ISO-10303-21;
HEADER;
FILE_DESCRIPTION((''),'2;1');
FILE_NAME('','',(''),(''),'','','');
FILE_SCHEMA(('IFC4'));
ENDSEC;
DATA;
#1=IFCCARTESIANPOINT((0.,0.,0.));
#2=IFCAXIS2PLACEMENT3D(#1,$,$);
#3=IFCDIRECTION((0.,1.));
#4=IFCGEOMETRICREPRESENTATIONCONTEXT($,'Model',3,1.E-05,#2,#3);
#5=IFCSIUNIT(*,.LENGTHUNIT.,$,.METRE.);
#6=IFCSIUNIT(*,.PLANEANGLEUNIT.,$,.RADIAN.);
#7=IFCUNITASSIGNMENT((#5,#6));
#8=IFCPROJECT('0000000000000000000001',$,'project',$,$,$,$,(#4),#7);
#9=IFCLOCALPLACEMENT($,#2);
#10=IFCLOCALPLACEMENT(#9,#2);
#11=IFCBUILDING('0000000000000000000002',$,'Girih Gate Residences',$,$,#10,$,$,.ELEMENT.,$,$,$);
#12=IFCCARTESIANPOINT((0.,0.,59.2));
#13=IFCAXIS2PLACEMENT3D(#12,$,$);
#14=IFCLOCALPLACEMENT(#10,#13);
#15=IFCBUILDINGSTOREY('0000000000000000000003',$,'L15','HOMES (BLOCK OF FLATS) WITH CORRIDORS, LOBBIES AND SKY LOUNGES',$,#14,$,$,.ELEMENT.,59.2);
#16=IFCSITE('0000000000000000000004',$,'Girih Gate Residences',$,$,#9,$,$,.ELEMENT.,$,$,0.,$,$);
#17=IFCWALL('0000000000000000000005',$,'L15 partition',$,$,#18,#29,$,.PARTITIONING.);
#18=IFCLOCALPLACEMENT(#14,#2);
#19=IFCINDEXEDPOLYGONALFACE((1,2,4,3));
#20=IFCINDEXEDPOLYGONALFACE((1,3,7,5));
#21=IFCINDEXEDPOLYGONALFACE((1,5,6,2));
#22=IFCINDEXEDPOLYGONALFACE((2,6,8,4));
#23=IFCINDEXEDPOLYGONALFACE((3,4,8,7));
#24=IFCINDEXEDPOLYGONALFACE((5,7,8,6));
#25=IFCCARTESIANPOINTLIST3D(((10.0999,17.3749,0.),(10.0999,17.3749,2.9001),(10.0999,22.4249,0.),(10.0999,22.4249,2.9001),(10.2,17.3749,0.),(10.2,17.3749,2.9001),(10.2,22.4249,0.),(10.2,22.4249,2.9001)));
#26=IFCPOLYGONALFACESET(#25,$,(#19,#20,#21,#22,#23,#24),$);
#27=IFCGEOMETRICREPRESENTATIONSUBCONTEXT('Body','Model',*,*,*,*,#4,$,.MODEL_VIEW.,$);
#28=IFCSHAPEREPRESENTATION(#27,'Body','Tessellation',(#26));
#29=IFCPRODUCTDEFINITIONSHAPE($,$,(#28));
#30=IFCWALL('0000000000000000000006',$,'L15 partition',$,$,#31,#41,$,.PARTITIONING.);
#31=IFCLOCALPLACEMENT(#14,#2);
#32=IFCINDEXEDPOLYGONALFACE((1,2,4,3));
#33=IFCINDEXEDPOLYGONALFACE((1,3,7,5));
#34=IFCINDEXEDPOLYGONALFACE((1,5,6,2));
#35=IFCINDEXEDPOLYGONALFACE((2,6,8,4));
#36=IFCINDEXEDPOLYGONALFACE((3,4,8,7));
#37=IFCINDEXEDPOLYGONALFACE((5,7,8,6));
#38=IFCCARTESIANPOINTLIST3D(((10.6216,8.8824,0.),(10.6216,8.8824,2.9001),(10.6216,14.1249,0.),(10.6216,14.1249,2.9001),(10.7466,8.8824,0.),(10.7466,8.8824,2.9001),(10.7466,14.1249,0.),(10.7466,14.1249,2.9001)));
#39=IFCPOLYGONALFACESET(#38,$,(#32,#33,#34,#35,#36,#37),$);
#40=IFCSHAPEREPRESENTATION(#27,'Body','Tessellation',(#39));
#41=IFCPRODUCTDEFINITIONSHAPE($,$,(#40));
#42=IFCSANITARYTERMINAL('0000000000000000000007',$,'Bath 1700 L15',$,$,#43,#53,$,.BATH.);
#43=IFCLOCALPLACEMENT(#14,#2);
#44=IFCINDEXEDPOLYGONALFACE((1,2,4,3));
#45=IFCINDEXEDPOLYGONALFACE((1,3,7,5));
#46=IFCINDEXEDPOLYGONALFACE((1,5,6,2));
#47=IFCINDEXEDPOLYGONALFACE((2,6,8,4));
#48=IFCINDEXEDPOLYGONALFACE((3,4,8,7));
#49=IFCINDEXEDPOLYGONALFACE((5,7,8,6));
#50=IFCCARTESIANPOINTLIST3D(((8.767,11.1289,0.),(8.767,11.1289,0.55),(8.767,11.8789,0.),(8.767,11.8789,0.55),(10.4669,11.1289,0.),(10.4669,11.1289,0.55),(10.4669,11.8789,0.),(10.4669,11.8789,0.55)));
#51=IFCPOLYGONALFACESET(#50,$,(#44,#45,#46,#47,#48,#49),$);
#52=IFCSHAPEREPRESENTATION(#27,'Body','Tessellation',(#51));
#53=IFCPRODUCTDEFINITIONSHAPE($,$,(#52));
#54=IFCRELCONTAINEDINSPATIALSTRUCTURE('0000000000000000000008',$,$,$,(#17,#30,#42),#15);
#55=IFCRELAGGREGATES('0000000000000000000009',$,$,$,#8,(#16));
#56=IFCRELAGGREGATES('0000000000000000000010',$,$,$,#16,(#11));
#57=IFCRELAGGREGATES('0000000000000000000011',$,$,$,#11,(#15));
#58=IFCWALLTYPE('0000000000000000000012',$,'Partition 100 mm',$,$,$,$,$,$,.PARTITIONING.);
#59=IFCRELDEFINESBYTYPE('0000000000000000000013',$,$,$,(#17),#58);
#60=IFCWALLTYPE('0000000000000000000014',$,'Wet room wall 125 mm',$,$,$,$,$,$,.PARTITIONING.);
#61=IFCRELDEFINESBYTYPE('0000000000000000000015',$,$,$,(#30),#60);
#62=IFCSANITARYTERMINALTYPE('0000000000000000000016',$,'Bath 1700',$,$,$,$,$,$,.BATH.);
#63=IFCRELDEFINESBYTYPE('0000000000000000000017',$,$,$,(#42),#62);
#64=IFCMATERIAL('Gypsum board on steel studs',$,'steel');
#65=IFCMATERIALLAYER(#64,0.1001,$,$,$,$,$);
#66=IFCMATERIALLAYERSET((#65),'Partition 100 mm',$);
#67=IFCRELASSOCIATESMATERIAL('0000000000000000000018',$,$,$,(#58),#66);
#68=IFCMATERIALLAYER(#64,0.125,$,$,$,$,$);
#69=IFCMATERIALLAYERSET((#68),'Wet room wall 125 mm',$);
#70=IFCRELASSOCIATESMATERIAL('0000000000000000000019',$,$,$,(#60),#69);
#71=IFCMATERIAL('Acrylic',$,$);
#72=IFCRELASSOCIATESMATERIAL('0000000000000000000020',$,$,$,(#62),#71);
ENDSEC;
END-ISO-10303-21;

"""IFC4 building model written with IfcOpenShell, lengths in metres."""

from ifc_helpers import new_model, si_unit, direction, frame, frame_2d, origin, origin_2d, place, context, subcontext, project, spatial, rectangle, extrude, material, layer, layer_set, type_object, element, save


model = new_model("IFC4")

# Units and contexts
model_context = context("Model", 3, precision=1e-05, world=origin(), true_north=direction((0.0, 1.0)))
body_context = subcontext(model_context, "Body", "Model", "MODEL_VIEW")
ifc_project = project(units=[si_unit("LENGTHUNIT", "METRE"), si_unit("PLANEANGLEUNIT", "RADIAN")], contexts=[model_context])

# Site, building, storey
site_placement = place(None, origin())
site = spatial("IfcSite", under=ifc_project, at=site_placement, Name="Girih Gate Residences", CompositionType="ELEMENT", RefElevation=0.0)
building_placement = place(site_placement, origin())
building = spatial("IfcBuilding", under=site, at=building_placement, Name="Girih Gate Residences", CompositionType="ELEMENT")
storey_placement = place(building_placement, frame((0.0, 0.0, 59.2)))
storey = spatial("IfcBuildingStorey", under=building, at=storey_placement, Name="L15", Description="HOMES (BLOCK OF FLATS) WITH CORRIDORS, LOBBIES AND SKY LOUNGES", CompositionType="ELEMENT", Elevation=59.2)

# Shared definitions
ifc_material_1 = material(Name="Gypsum board on steel studs", Category="steel")

# Shared definitions
ifc_layer_1 = layer(ifc_material_1, 0.1001)
ifc_layer_set_1 = layer_set([ifc_layer_1], Name="Partition 100 mm")
wall_type_1 = type_object("IfcWallType", Name="Partition 100 mm", PredefinedType="PARTITIONING", material=ifc_layer_set_1)

# Walls
wall_1_placement = place(storey_placement, frame((10.1499, 17.375, 0.0), z_axis=(0.0, 0.0, 1.0), x_axis=(0.0, 1.0, 0.0)))
element("IfcWall", 1, at=wall_1_placement, inside=storey, type_object=wall_type_1, Name="L15 partition", PredefinedType="PARTITIONING", context=body_context, shape_type="SweptSolid", body=[
    extrude(rectangle(XDim=5.05, YDim=0.1001, at=frame_2d((2.5249, 0.0))), origin(), (0.0, 0.0, 1.0), 2.9001),
])
ifc_layer_2 = layer(ifc_material_1, 0.125)
ifc_layer_set_2 = layer_set([ifc_layer_2], Name="Wet room wall 125 mm")
wall_type_2 = type_object("IfcWallType", Name="Wet room wall 125 mm", PredefinedType="PARTITIONING", material=ifc_layer_set_2)
wall_2_placement = place(storey_placement, frame((10.6841, 8.8826, 0.0), z_axis=(0.0, 0.0, 1.0), x_axis=(0.0, 1.0, 0.0)))
element("IfcWall", 2, at=wall_2_placement, inside=storey, type_object=wall_type_2, Name="L15 partition", PredefinedType="PARTITIONING", context=body_context, shape_type="SweptSolid", body=[
    extrude(rectangle(XDim=5.2424, YDim=0.125, at=frame_2d((2.6211, 0.0))), origin(), (0.0, 0.0, 1.0), 2.9001),
])

# Sanitary terminal
ifc_material_2 = material(Name="Acrylic")
sanitary_terminal_type = type_object("IfcSanitaryTerminalType", Name="Bath 1700", PredefinedType="BATH", material=ifc_material_2)
sanitary_terminal_placement = place(storey_placement, frame((9.6169, 11.5039, 0.0), z_axis=(0.0, 0.0, 1.0), x_axis=(1.0, 0.0, 0.0)))
element("IfcSanitaryTerminal", 3, at=sanitary_terminal_placement, inside=storey, type_object=sanitary_terminal_type, Name="Bath 1700 L15", PredefinedType="BATH", context=body_context, shape_type="SweptSolid", body=[
    extrude(rectangle(XDim=1.7, YDim=0.75, at=origin_2d()), origin(), (0.0, 0.0, 1.0), 0.55),
])

save(model, "model.ifc")
